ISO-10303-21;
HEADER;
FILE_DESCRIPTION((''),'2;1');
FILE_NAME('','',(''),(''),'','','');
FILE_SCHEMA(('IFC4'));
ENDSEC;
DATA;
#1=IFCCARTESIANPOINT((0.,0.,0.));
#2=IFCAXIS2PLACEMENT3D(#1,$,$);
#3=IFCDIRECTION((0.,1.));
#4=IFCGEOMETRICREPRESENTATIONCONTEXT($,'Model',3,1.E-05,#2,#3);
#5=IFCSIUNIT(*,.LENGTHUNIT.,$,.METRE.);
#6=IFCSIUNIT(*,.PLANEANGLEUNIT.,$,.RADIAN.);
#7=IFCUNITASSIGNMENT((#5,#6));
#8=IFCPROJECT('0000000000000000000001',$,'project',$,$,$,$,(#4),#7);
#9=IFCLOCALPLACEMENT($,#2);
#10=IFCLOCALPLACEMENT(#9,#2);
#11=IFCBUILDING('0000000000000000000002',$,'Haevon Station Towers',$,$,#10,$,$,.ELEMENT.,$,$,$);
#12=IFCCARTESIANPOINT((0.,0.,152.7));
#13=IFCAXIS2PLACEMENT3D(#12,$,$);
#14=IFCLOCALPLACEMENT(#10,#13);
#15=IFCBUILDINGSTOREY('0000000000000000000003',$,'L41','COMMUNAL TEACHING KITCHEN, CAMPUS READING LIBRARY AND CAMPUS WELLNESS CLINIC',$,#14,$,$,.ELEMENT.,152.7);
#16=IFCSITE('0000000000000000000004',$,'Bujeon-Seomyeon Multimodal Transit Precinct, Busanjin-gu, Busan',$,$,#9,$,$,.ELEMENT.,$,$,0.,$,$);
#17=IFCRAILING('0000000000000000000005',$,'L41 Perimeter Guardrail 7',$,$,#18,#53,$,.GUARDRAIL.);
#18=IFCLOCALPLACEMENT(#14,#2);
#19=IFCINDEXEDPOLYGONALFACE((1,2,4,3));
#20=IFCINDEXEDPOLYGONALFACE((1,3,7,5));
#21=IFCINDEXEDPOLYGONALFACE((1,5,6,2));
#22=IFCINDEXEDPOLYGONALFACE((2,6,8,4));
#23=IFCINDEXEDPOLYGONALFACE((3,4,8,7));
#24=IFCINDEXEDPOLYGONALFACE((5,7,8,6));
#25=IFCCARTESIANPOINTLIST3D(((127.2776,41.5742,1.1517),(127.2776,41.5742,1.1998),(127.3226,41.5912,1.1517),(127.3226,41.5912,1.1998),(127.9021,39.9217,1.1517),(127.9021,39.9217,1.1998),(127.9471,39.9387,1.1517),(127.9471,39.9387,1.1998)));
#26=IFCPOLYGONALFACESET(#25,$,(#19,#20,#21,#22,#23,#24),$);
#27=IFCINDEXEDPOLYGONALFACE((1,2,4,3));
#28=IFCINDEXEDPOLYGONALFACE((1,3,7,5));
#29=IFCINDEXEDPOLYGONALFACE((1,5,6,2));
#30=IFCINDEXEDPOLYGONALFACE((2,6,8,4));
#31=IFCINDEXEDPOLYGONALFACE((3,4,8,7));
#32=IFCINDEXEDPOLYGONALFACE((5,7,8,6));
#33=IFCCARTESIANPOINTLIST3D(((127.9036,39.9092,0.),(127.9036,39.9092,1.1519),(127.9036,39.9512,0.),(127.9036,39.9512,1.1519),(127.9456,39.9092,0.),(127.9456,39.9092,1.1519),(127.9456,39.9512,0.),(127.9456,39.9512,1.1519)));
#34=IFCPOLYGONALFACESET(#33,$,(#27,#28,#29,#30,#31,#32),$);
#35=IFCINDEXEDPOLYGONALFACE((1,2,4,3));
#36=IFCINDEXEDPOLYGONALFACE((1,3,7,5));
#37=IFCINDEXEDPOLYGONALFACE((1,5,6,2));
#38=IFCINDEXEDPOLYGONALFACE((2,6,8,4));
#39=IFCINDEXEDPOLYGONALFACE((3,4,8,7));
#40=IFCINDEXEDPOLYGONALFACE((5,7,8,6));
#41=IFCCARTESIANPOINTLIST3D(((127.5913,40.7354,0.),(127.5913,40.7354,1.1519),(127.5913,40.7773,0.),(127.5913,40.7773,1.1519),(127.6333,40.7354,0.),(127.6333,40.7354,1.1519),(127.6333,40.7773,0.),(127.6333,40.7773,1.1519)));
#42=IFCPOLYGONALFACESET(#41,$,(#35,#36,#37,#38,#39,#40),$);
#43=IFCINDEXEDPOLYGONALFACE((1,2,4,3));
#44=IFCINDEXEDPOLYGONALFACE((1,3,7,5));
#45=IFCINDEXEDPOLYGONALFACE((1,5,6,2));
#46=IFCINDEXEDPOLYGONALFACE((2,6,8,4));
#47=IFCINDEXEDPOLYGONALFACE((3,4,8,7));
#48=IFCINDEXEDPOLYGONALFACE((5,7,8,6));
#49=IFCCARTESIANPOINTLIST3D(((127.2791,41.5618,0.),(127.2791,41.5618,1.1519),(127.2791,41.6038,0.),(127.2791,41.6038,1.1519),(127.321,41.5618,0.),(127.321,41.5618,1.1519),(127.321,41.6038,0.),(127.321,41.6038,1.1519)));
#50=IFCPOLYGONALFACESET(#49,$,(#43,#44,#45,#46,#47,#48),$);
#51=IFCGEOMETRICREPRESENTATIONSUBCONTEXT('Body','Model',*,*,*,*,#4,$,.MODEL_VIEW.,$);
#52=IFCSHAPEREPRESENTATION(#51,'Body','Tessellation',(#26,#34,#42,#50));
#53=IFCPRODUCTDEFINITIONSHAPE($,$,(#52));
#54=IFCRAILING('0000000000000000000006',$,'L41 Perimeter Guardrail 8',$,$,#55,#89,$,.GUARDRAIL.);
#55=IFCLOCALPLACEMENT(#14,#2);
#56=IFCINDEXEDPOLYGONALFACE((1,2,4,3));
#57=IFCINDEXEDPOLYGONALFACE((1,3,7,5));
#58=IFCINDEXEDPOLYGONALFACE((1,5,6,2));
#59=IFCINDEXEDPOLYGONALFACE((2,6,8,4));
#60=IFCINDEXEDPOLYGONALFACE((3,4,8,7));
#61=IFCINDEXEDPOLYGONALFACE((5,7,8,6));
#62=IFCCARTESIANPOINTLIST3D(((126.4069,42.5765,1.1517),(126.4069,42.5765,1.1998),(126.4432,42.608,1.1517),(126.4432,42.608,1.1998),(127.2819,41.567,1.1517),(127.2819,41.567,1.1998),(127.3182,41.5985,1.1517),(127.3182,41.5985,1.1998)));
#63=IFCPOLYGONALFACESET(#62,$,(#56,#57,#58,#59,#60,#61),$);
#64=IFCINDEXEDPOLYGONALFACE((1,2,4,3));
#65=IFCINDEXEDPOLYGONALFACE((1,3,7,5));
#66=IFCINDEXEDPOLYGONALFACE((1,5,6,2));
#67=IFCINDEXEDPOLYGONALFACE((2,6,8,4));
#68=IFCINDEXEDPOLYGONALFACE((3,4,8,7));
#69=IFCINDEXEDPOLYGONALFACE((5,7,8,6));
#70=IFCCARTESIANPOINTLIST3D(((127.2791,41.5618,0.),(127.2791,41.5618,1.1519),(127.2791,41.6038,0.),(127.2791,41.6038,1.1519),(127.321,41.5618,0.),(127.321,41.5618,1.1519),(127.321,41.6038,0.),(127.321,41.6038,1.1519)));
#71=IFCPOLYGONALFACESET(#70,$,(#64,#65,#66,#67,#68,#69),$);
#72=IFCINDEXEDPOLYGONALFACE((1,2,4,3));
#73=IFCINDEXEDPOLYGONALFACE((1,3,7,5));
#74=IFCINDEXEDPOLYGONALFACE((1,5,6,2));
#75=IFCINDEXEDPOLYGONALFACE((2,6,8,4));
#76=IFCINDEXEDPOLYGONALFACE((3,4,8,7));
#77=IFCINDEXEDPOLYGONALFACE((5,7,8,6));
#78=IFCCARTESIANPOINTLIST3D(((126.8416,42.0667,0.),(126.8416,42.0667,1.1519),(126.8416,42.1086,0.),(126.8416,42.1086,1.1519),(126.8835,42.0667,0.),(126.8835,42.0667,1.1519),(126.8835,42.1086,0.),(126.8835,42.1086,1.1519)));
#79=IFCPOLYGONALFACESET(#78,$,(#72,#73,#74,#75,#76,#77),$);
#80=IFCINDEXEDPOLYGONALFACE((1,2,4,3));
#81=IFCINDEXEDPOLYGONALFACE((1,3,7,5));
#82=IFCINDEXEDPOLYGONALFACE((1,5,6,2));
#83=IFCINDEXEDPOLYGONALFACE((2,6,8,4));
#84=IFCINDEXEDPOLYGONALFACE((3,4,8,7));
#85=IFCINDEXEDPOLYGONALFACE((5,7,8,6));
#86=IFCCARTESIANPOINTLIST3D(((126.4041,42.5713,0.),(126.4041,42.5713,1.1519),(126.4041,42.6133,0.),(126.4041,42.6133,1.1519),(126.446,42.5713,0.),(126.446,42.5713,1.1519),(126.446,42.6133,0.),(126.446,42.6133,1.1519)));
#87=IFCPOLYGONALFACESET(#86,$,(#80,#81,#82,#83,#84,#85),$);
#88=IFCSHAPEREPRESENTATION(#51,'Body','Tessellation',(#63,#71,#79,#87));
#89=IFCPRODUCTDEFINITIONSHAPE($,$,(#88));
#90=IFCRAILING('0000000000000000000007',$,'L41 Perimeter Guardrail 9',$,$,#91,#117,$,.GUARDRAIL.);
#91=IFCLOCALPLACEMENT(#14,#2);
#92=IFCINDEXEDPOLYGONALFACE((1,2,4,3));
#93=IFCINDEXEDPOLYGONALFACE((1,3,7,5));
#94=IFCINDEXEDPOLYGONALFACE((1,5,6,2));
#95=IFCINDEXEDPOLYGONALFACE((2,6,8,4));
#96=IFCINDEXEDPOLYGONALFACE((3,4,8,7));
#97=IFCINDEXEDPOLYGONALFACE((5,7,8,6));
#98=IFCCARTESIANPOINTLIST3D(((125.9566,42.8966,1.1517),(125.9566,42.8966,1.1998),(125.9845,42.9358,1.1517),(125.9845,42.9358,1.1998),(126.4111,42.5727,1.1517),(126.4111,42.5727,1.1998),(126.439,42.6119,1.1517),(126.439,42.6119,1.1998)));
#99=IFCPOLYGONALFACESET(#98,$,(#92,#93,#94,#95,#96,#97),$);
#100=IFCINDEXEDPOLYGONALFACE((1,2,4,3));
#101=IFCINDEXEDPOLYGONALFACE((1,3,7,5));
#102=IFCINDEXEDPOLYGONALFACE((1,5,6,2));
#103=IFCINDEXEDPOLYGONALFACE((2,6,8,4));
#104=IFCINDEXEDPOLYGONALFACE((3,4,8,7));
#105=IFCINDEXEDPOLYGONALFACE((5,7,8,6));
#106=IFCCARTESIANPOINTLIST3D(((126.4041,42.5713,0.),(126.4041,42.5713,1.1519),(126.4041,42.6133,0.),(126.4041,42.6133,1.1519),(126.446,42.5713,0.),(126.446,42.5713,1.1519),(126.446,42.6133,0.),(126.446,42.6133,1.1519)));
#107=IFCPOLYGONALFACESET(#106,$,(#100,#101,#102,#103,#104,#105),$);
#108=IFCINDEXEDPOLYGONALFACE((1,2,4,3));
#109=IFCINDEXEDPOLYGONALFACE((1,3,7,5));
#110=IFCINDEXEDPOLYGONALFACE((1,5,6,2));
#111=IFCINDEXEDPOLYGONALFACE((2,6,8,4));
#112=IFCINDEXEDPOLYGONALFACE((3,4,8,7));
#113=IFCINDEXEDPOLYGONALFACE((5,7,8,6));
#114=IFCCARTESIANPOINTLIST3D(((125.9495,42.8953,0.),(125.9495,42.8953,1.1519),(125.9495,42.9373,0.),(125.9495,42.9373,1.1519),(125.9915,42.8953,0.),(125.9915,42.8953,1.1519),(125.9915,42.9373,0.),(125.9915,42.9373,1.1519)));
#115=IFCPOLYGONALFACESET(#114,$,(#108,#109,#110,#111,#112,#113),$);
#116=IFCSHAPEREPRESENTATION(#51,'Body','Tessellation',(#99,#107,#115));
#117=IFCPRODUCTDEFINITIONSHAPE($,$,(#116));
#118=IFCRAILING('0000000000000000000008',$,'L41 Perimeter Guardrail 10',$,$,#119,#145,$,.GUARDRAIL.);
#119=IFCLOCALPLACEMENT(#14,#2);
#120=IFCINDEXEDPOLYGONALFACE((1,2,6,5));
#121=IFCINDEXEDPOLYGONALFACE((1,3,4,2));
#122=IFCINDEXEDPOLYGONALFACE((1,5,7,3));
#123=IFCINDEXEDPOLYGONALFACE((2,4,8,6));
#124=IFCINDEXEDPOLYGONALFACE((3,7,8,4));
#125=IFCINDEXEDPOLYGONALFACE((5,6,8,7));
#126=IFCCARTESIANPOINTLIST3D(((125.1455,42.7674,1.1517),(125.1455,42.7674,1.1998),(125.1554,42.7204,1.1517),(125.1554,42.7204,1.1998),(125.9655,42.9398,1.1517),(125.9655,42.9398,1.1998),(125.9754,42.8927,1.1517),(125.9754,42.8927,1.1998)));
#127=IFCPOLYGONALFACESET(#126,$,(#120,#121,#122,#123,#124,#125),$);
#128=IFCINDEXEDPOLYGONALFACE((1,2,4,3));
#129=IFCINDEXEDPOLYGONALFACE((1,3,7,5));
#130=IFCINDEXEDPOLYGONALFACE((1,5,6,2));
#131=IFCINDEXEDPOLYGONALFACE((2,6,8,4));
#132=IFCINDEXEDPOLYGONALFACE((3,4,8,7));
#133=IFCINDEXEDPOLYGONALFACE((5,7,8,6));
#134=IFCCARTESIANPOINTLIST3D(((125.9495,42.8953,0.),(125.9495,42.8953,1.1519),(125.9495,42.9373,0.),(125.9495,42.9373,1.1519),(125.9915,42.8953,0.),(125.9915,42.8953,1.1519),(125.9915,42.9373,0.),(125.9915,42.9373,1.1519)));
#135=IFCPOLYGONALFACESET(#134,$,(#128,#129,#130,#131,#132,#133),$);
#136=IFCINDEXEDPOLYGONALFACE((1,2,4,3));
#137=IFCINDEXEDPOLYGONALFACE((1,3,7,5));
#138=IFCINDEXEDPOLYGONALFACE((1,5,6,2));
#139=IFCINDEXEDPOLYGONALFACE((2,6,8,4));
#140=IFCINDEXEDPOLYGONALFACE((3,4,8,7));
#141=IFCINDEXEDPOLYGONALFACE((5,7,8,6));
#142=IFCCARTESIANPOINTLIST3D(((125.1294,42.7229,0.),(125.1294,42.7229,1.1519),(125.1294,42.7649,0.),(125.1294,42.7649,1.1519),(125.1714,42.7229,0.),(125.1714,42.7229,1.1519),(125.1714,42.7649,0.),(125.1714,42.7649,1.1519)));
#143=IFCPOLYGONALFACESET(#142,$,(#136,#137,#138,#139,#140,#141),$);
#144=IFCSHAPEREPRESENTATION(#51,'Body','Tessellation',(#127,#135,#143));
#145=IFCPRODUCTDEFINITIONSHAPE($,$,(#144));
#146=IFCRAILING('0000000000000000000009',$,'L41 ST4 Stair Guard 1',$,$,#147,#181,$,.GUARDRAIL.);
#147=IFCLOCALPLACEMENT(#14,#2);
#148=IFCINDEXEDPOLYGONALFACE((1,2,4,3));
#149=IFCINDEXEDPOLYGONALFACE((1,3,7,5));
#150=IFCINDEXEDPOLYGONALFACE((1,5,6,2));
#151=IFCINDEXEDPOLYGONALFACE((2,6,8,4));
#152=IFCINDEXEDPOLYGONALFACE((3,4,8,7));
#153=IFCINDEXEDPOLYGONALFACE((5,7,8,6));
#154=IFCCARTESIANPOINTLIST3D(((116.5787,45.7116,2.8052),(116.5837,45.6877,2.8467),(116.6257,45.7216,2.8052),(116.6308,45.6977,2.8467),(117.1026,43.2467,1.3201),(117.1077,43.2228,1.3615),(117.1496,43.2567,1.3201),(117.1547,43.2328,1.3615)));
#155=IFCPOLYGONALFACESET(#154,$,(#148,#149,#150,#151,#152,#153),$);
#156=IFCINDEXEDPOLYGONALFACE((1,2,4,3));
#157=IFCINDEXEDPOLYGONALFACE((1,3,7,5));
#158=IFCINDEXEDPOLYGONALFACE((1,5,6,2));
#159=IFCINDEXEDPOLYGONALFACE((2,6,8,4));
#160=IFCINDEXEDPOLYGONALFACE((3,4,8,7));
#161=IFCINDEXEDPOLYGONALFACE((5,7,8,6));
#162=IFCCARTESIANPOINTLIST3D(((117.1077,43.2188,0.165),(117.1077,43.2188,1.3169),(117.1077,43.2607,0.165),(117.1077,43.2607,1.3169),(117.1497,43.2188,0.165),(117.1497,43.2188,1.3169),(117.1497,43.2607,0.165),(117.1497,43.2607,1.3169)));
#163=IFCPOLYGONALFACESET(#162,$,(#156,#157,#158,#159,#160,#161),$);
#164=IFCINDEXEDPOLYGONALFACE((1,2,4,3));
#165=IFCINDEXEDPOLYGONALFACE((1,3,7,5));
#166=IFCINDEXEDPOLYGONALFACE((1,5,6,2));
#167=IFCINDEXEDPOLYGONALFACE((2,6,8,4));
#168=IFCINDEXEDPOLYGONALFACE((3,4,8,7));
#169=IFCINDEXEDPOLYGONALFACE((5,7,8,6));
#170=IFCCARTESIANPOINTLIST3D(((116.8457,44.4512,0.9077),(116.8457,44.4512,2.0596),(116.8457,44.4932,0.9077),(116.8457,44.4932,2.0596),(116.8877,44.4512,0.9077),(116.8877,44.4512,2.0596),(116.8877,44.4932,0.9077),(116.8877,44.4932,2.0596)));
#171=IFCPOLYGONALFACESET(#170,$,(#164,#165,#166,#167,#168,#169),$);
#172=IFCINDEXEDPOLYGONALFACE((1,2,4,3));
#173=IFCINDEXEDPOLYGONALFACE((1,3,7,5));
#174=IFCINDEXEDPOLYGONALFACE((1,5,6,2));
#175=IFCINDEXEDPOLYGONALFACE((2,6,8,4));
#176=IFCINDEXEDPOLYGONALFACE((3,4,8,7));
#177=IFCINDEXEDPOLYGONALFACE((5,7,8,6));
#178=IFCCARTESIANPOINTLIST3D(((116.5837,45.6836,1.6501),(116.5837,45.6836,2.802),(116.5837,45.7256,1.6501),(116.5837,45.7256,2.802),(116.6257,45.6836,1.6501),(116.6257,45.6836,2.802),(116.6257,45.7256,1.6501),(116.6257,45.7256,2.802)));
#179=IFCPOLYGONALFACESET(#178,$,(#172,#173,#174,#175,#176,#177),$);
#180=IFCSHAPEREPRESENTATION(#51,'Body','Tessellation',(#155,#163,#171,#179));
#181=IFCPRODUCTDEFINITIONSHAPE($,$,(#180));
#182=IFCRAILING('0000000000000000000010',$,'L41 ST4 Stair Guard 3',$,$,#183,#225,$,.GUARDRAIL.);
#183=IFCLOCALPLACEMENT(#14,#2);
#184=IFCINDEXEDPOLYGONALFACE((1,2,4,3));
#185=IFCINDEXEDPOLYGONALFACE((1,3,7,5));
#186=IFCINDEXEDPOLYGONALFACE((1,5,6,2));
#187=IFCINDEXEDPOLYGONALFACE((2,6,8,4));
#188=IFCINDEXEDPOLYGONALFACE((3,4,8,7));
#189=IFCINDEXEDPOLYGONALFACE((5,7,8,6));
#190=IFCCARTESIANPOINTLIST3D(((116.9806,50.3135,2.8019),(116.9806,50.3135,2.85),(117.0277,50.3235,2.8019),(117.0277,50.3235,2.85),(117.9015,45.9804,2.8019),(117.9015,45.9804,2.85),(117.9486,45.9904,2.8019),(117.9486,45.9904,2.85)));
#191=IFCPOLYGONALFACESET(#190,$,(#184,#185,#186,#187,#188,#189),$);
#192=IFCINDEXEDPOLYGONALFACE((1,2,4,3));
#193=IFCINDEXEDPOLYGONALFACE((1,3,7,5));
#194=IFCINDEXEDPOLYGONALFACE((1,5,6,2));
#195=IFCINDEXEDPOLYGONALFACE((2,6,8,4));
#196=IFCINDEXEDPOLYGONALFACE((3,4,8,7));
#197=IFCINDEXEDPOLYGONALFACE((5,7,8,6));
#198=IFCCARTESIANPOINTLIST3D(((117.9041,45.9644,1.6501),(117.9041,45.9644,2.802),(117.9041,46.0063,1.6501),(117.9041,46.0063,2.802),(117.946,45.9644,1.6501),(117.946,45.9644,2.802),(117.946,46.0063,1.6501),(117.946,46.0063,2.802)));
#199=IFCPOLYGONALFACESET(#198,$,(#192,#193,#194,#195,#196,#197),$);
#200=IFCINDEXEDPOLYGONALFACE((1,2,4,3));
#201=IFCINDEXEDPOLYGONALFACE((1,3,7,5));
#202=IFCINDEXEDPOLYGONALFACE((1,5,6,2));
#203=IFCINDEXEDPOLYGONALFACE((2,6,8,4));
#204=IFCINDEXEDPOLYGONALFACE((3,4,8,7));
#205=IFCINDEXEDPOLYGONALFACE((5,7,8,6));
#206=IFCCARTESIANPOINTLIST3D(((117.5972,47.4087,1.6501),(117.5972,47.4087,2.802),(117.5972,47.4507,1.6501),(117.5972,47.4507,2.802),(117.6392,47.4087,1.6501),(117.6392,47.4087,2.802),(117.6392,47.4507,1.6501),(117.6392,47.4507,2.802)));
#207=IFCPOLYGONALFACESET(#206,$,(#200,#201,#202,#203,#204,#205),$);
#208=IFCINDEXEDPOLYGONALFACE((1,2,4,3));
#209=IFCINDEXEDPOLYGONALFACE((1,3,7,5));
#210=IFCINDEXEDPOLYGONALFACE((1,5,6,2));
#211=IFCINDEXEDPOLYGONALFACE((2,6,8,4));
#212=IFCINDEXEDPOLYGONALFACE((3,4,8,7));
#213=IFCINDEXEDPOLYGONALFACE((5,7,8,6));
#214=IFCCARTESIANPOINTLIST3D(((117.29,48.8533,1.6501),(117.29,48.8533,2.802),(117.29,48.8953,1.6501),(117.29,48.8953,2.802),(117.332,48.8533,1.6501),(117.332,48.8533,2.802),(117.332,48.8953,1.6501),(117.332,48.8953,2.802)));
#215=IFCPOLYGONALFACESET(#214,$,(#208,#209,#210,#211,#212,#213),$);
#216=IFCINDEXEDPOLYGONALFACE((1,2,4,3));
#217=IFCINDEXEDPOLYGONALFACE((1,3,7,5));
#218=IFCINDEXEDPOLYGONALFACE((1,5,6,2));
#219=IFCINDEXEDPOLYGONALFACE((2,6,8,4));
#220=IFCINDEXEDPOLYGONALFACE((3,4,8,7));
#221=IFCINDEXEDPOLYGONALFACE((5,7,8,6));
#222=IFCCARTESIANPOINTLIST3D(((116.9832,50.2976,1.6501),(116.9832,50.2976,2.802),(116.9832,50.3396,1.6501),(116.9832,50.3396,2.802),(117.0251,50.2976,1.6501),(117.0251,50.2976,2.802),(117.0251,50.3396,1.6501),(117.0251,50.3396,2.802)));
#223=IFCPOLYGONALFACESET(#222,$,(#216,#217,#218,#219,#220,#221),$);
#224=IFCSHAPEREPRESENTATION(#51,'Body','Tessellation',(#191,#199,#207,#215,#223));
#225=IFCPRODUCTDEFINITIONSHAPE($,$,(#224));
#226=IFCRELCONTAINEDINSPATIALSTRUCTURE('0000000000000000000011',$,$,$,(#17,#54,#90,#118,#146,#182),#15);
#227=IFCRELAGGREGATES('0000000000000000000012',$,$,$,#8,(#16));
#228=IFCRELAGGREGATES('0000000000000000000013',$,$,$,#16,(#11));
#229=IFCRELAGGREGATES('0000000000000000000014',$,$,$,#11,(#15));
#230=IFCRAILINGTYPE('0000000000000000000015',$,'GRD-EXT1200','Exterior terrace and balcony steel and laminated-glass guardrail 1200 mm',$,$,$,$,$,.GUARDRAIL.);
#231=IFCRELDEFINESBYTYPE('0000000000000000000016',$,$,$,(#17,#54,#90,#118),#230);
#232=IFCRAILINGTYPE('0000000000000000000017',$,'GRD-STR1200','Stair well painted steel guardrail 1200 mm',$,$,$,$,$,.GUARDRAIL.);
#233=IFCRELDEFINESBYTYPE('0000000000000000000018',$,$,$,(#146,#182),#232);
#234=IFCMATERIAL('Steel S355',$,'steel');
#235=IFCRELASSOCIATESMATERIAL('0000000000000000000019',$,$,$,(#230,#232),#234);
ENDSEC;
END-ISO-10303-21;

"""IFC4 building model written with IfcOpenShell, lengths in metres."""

from ifc_helpers import new_model, si_unit, direction, frame, origin, origin_2d, place, context, subcontext, project, spatial, rectangle, extrude, material, type_object, element, save


model = new_model("IFC4")

# Units and contexts
model_context = context("Model", 3, precision=1e-05, world=origin(), true_north=direction((0.0, 1.0)))
body_context = subcontext(model_context, "Body", "Model", "MODEL_VIEW")
ifc_project = project(units=[si_unit("LENGTHUNIT", "METRE"), si_unit("PLANEANGLEUNIT", "RADIAN")], contexts=[model_context])

# Site, building, storey
site_placement = place(None, origin())
site = spatial("IfcSite", under=ifc_project, at=site_placement, Name="Bujeon-Seomyeon Multimodal Transit Precinct, Busanjin-gu, Busan", CompositionType="ELEMENT", RefElevation=0.0)
building_placement = place(site_placement, origin())
building = spatial("IfcBuilding", under=site, at=building_placement, Name="Haevon Station Towers", CompositionType="ELEMENT")
storey_placement = place(building_placement, frame((0.0, 0.0, 152.7)))
storey = spatial("IfcBuildingStorey", under=building, at=storey_placement, Name="L41", Description="COMMUNAL TEACHING KITCHEN, CAMPUS READING LIBRARY AND CAMPUS WELLNESS CLINIC", CompositionType="ELEMENT", Elevation=152.7)

# Shared definitions
ifc_material_1 = material(Name="Steel S355", Category="steel")

# Railings
railing_type_1 = type_object("IfcRailingType", Name="GRD-EXT1200", Description="Exterior terrace and balcony steel and laminated-glass guardrail 1200 mm", PredefinedType="GUARDRAIL", material=ifc_material_1)
railing_1_placement = place(storey_placement, frame((127.9246, 39.9302, 0.0)))
element("IfcRailing", 1, at=railing_1_placement, inside=storey, type_object=railing_type_1, Name="L41 Perimeter Guardrail 7", PredefinedType="GUARDRAIL", context=body_context, shape_type="SweptSolid", body=[
    extrude(rectangle(XDim=0.0481, YDim=0.0481, at=origin_2d()), frame((0.0, 0.0, 1.1758), z_axis=(-0.3535, 0.935435, 0.0), x_axis=(-0.935435, -0.3535, 0.0)), (0.0, 0.0, 1.0), 1.7666),
    extrude(rectangle(XDim=0.042, YDim=0.042, at=origin_2d()), origin(), (0.0, 0.0, 1.0), 1.1519),
    extrude(rectangle(XDim=0.042, YDim=0.042, at=origin_2d()), frame((-0.3123, 0.8262, 0.0)), (0.0, 0.0, 1.0), 1.1519),
    extrude(rectangle(XDim=0.042, YDim=0.042, at=origin_2d()), frame((-0.6245, 1.6526, 0.0)), (0.0, 0.0, 1.0), 1.1519),
])
railing_2_placement = place(storey_placement, frame((127.3, 41.5828, 0.0)))
element("IfcRailing", 2, at=railing_2_placement, inside=storey, type_object=railing_type_1, Name="L41 Perimeter Guardrail 8", PredefinedType="GUARDRAIL", context=body_context, shape_type="SweptSolid", body=[
    extrude(rectangle(XDim=0.0481, YDim=0.0481, at=origin_2d()), frame((0.0, 0.0, 1.1758), z_axis=(-0.654965, 0.755659, 0.0), x_axis=(-0.755659, -0.654965, 0.0)), (0.0, 0.0, 1.0), 1.3359),
    extrude(rectangle(XDim=0.042, YDim=0.042, at=origin_2d()), origin(), (0.0, 0.0, 1.0), 1.1519),
    extrude(rectangle(XDim=0.042, YDim=0.042, at=origin_2d()), frame((-0.4375, 0.5049, 0.0)), (0.0, 0.0, 1.0), 1.1519),
    extrude(rectangle(XDim=0.042, YDim=0.042, at=origin_2d()), frame((-0.875, 1.0095, 0.0)), (0.0, 0.0, 1.0), 1.1519),
])
railing_3_placement = place(storey_placement, frame((126.425, 42.5923, 0.0)))
element("IfcRailing", 3, at=railing_3_placement, inside=storey, type_object=railing_type_1, Name="L41 Perimeter Guardrail 9", PredefinedType="GUARDRAIL", context=body_context, shape_type="SweptSolid", body=[
    extrude(rectangle(XDim=0.0481, YDim=0.0481, at=origin_2d()), frame((0.0, 0.0, 1.1758), z_axis=(-0.814354, 0.580369, 0.0), x_axis=(-0.580369, -0.814354, 0.0)), (0.0, 0.0, 1.0), 0.5581),
    extrude(rectangle(XDim=0.042, YDim=0.042, at=origin_2d()), origin(), (0.0, 0.0, 1.0), 1.1519),
    extrude(rectangle(XDim=0.042, YDim=0.042, at=origin_2d()), frame((-0.4546, 0.324, 0.0)), (0.0, 0.0, 1.0), 1.1519),
])
railing_4_placement = place(storey_placement, frame((125.9705, 42.9163, 0.0)))
element("IfcRailing", 4, at=railing_4_placement, inside=storey, type_object=railing_type_1, Name="L41 Perimeter Guardrail 10", PredefinedType="GUARDRAIL", context=body_context, shape_type="SweptSolid", body=[
    extrude(rectangle(XDim=0.0481, YDim=0.0481, at=origin_2d()), frame((0.0, 0.0, 1.1758), z_axis=(-0.978618, -0.205687, 0.0), x_axis=(0.205687, -0.978618, 0.0)), (0.0, 0.0, 1.0), 0.8379),
    extrude(rectangle(XDim=0.042, YDim=0.042, at=origin_2d()), origin(), (0.0, 0.0, 1.0), 1.1519),
    extrude(rectangle(XDim=0.042, YDim=0.042, at=origin_2d()), frame((-0.8201, -0.1724, 0.0)), (0.0, 0.0, 1.0), 1.1519),
])
railing_type_2 = type_object("IfcRailingType", Name="GRD-STR1200", Description="Stair well painted steel guardrail 1200 mm", PredefinedType="GUARDRAIL", material=ifc_material_1)
railing_5_placement = place(storey_placement, frame((117.1287, 43.2397, 0.165)))
element("IfcRailing", 5, at=railing_5_placement, inside=storey, type_object=railing_type_2, Name="L41 ST4 Stair Guard 1", PredefinedType="GUARDRAIL", context=body_context, shape_type="SweptSolid", body=[
    extrude(rectangle(XDim=0.0481, YDim=0.0481, at=origin_2d()), frame((0.0, 0.0, 1.1758), z_axis=(-0.179121, 0.842688, 0.507733), x_axis=(-0.978147, -0.207914, 0.0)), (0.0, 0.0, 1.0), 2.925),
    extrude(rectangle(XDim=0.042, YDim=0.042, at=origin_2d()), origin(), (0.0, 0.0, 1.0), 1.1519),
    extrude(rectangle(XDim=0.042, YDim=0.042, at=origin_2d()), frame((-0.262, 1.2324, 0.7427)), (0.0, 0.0, 1.0), 1.1519),
    extrude(rectangle(XDim=0.042, YDim=0.042, at=origin_2d()), frame((-0.5239, 2.4648, 1.4851)), (0.0, 0.0, 1.0), 1.1519),
])
railing_6_placement = place(storey_placement, frame((117.925, 45.9854, 1.6501)))
element("IfcRailing", 6, at=railing_6_placement, inside=storey, type_object=railing_type_2, Name="L41 ST4 Stair Guard 3", PredefinedType="GUARDRAIL", context=body_context, shape_type="SweptSolid", body=[
    extrude(rectangle(XDim=0.0481, YDim=0.0481, at=origin_2d()), frame((0.0, 0.0, 1.1758), z_axis=(-0.207877, 0.978155, 0.0), x_axis=(-0.978155, -0.207877, 0.0)), (0.0, 0.0, 1.0), 4.4299),
    extrude(rectangle(XDim=0.042, YDim=0.042, at=origin_2d()), origin(), (0.0, 0.0, 1.0), 1.1519),
    extrude(rectangle(XDim=0.042, YDim=0.042, at=origin_2d()), frame((-0.3069, 1.4443, 0.0)), (0.0, 0.0, 1.0), 1.1519),
    extrude(rectangle(XDim=0.042, YDim=0.042, at=origin_2d()), frame((-0.614, 2.8889, 0.0)), (0.0, 0.0, 1.0), 1.1519),
    extrude(rectangle(XDim=0.042, YDim=0.042, at=origin_2d()), frame((-0.9209, 4.3333, 0.0)), (0.0, 0.0, 1.0), 1.1519),
])

save(model, "model.ifc")
